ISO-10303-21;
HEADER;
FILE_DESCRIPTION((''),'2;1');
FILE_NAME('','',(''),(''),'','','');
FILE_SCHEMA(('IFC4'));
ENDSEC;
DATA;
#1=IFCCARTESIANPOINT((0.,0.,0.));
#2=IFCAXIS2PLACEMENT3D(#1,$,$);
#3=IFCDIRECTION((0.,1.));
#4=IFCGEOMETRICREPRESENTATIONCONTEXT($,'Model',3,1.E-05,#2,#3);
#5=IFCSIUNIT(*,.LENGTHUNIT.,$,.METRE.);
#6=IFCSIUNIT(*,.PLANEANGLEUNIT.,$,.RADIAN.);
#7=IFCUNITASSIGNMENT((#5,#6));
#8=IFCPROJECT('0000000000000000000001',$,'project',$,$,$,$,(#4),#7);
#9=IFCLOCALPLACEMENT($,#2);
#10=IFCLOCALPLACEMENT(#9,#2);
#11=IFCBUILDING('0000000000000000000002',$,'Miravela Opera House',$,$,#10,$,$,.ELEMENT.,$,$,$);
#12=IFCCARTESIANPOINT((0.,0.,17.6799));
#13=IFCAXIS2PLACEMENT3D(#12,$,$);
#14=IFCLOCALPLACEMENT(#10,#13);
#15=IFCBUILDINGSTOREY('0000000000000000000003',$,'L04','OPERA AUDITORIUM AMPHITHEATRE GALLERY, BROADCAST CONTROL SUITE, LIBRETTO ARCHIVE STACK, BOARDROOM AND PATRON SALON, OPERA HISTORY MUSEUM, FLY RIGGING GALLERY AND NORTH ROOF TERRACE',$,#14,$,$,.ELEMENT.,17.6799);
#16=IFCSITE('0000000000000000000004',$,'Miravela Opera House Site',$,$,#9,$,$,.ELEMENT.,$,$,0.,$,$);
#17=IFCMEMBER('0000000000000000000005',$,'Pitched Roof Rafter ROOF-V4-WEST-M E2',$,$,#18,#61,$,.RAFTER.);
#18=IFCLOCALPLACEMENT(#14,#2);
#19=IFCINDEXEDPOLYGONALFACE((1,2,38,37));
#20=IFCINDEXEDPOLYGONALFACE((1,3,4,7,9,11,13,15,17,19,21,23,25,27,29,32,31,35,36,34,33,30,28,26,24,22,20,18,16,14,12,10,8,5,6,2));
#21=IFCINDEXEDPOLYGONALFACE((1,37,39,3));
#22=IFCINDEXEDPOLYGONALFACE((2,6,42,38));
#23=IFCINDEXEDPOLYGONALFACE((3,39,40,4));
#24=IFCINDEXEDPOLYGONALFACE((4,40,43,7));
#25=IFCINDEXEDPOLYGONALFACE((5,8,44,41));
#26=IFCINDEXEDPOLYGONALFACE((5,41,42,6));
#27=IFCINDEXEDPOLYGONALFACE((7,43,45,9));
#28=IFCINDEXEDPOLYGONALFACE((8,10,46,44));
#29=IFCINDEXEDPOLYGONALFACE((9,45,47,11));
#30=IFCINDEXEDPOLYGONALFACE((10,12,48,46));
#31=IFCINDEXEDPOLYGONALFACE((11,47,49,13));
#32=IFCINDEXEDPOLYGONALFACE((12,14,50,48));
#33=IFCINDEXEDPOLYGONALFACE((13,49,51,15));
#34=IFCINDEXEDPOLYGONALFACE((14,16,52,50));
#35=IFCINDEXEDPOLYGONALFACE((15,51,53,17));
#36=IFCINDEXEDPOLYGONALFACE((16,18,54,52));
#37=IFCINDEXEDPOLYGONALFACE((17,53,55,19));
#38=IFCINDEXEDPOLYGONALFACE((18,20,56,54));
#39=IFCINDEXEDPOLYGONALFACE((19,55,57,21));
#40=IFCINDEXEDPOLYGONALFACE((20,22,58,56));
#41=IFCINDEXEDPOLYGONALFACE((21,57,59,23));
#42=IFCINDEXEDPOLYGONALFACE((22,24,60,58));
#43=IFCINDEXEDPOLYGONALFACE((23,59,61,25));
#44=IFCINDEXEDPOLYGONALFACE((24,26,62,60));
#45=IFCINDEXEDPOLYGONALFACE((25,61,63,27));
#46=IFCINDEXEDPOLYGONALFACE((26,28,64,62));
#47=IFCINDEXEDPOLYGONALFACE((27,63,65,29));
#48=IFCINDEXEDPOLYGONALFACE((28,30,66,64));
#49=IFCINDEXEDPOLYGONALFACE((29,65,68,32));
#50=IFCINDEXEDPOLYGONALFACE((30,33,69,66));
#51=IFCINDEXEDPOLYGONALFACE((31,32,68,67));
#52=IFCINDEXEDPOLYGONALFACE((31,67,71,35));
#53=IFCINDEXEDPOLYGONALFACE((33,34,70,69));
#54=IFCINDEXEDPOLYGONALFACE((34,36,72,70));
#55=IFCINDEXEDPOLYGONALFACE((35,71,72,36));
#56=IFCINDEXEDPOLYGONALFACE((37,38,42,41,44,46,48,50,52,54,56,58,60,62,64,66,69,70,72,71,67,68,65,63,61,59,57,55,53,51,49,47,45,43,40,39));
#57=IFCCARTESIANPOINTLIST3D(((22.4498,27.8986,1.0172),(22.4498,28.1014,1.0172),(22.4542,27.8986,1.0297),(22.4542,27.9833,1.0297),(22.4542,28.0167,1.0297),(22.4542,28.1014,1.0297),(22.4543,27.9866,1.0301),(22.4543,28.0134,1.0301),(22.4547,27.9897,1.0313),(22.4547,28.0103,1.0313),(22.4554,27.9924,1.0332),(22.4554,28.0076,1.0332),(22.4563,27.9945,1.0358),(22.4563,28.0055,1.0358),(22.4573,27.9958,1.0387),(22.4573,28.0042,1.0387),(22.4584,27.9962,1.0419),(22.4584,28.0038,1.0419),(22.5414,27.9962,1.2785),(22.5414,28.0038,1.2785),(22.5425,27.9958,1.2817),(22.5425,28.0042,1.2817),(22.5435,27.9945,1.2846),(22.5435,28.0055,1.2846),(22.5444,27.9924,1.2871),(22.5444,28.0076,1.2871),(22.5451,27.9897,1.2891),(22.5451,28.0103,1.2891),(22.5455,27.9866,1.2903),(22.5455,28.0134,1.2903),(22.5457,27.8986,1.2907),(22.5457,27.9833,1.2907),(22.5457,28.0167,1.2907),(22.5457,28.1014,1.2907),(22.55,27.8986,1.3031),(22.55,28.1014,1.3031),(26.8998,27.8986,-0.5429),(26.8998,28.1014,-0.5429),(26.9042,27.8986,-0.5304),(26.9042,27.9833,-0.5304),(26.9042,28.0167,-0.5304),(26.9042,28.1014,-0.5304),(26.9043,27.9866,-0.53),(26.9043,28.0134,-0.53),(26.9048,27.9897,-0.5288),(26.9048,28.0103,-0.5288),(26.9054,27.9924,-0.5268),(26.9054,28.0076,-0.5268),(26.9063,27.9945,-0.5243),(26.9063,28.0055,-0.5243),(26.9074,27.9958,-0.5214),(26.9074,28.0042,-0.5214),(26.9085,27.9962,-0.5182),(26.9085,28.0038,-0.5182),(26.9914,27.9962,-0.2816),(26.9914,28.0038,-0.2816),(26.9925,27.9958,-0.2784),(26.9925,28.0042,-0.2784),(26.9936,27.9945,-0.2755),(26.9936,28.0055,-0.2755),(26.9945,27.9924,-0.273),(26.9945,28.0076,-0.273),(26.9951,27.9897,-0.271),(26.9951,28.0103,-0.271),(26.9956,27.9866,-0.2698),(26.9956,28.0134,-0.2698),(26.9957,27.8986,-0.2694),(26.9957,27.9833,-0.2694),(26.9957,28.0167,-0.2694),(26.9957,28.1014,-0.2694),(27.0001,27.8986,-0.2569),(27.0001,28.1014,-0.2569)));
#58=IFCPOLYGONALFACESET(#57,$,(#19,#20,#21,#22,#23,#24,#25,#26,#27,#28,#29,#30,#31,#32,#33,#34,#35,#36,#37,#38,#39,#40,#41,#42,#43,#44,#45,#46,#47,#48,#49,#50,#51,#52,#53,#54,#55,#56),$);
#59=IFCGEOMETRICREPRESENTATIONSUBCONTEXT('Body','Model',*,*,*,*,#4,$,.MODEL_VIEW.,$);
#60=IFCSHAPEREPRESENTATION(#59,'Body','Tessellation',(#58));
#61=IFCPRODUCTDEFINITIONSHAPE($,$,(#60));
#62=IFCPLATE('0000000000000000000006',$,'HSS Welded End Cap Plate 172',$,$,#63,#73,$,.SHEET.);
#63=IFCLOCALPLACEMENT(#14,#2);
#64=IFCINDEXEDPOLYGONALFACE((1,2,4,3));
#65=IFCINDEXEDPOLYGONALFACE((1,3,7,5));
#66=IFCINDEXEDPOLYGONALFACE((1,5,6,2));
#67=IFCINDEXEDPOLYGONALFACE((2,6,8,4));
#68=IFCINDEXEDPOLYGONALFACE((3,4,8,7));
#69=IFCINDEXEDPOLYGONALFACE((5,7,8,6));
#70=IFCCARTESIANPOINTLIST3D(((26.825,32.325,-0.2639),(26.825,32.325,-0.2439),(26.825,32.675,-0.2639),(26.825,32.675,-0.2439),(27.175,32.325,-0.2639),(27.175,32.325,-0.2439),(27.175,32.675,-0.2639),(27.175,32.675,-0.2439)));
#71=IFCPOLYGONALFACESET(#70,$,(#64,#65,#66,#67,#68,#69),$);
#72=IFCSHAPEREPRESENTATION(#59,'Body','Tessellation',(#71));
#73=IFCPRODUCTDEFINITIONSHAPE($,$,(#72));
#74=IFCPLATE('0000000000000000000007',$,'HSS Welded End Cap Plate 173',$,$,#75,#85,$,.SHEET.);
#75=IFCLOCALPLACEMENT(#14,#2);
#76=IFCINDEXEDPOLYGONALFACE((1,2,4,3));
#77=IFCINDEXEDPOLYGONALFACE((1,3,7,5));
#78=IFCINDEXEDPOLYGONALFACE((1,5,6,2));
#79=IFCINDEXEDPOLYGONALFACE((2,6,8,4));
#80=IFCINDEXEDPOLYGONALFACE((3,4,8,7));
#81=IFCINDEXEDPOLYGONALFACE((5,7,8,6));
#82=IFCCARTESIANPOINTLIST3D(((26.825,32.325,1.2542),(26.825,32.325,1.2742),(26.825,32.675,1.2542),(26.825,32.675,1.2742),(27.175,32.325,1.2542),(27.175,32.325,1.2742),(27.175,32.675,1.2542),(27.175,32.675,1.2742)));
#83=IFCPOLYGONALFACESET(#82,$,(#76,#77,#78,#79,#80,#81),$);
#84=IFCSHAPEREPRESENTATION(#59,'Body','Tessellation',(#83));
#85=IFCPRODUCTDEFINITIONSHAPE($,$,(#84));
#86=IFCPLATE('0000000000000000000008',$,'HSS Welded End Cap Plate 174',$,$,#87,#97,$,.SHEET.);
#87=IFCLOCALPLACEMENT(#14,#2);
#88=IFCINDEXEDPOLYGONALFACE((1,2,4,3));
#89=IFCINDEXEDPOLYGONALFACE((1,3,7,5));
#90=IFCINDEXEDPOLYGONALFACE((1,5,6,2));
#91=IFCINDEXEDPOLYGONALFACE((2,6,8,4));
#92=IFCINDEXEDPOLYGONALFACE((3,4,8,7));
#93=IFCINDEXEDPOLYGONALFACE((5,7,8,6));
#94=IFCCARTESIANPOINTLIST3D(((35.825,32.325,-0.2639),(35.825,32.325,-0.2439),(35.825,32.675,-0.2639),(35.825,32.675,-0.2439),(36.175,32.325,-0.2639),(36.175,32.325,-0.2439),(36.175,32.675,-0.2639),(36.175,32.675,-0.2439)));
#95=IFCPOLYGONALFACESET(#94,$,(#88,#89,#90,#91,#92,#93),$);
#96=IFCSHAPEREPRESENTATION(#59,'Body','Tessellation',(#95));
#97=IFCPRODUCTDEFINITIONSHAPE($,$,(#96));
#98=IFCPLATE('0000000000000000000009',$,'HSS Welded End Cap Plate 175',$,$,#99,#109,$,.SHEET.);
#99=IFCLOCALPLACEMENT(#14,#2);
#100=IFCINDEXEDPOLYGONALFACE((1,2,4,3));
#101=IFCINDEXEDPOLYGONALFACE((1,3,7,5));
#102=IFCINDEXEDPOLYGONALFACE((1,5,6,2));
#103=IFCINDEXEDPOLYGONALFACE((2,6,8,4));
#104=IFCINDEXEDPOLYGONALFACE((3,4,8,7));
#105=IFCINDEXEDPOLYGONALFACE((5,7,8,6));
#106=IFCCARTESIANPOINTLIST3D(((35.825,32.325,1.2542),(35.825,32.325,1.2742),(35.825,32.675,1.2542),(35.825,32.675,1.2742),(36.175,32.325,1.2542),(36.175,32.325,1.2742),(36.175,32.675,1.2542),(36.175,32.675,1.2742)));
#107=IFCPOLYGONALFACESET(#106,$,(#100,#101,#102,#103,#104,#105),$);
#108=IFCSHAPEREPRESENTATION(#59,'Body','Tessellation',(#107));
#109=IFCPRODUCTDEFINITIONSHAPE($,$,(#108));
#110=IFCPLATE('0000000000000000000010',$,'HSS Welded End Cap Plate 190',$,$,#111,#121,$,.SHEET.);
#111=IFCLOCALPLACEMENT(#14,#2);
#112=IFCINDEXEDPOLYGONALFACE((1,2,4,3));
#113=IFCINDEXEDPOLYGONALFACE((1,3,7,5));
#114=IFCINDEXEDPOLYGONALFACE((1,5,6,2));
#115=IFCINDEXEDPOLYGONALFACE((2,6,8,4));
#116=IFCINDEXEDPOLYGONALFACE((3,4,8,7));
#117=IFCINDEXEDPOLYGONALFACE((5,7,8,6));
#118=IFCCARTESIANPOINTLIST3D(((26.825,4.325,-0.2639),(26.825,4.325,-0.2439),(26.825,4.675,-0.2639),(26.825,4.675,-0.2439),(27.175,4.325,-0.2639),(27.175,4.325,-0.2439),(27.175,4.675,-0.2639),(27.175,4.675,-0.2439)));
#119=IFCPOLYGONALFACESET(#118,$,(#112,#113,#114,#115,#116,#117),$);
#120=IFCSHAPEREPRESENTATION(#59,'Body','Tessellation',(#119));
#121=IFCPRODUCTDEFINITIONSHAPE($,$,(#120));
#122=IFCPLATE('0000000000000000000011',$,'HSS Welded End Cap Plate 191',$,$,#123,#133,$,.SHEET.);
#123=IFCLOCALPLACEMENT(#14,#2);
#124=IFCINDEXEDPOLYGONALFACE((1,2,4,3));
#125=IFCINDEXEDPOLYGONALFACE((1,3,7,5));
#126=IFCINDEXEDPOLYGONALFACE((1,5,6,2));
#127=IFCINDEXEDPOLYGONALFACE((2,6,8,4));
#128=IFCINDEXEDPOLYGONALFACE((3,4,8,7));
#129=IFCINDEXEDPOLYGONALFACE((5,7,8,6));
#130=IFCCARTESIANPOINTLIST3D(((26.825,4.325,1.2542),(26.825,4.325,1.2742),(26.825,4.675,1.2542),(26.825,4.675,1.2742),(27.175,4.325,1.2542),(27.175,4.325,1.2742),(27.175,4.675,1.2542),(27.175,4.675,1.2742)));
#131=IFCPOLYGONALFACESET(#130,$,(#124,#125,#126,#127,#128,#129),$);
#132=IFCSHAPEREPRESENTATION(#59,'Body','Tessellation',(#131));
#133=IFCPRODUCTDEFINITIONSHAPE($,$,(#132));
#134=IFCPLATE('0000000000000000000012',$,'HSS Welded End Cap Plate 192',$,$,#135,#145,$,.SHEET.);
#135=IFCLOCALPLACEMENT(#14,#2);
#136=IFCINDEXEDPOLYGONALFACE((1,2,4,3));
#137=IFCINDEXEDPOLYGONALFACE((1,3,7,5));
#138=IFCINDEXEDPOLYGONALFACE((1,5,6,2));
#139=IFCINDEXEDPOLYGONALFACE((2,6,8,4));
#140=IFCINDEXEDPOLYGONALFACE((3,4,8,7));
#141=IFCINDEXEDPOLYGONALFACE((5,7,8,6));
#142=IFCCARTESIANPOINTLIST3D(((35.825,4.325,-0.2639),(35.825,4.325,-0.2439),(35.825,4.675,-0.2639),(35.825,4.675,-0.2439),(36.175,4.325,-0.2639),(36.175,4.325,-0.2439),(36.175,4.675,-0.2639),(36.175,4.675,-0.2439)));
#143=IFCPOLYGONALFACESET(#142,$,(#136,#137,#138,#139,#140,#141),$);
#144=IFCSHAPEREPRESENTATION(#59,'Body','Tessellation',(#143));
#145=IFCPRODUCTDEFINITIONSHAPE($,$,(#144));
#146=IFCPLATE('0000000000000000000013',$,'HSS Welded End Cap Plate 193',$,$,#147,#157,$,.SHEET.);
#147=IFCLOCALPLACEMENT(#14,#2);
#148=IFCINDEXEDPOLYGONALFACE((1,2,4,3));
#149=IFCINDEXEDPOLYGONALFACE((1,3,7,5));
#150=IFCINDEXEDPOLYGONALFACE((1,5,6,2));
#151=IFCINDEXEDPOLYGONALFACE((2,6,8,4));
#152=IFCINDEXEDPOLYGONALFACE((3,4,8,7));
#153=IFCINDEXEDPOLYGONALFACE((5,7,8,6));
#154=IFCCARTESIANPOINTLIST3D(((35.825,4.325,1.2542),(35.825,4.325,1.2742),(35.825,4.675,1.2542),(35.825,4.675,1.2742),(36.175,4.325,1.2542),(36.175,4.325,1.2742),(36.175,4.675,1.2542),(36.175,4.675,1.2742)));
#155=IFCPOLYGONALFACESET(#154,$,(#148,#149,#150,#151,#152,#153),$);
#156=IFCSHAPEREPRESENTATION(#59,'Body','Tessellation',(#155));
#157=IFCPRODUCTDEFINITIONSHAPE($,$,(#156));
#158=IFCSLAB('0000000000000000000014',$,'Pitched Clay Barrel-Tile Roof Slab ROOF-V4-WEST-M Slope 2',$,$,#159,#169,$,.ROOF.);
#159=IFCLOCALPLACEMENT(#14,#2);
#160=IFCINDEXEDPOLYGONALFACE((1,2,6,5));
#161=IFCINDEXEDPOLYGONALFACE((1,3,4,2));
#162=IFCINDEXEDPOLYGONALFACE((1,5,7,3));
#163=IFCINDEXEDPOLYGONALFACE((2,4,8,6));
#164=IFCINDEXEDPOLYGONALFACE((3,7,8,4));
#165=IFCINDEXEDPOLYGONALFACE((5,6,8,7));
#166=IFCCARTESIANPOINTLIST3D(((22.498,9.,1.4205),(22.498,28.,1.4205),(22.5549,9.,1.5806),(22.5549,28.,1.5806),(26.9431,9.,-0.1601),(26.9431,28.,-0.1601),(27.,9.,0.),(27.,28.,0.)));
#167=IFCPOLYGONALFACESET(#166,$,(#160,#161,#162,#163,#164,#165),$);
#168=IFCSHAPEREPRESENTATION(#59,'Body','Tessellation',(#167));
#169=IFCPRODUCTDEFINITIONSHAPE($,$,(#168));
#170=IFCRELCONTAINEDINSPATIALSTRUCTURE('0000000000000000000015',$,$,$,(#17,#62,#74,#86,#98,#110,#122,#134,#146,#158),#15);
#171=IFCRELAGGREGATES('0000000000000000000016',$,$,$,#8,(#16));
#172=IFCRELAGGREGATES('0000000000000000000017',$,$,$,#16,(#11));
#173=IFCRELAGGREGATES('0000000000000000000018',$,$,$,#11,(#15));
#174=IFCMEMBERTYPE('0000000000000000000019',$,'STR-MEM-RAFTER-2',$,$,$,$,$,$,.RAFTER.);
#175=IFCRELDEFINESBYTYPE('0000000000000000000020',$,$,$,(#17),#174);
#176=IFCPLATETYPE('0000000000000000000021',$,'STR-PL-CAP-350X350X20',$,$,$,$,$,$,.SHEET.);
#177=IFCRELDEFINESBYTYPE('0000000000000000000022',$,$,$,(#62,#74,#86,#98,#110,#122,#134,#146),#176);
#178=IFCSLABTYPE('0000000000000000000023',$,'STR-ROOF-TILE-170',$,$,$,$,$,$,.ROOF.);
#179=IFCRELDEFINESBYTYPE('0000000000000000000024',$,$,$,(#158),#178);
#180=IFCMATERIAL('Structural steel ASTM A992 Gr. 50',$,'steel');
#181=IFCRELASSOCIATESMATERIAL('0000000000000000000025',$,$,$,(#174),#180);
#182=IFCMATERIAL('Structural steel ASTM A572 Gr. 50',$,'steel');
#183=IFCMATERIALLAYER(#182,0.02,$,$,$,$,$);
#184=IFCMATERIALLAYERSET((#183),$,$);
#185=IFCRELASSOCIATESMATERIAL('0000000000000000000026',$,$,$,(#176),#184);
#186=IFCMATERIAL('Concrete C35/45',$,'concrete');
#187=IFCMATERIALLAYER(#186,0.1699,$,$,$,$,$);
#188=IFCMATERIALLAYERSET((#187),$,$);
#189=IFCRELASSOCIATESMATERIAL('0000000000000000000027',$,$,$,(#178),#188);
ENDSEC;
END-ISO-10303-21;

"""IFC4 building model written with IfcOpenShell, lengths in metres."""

from ifc_helpers import new_model, si_unit, direction, frame, origin, origin_2d, place, context, subcontext, project, spatial, polyline, rectangle, i_section, outline, extrude, material, layer, layer_set, material_profile, profile_set, type_object, element, save


model = new_model("IFC4")

# Units and contexts
model_context = context("Model", 3, precision=1e-05, world=origin(), true_north=direction((0.0, 1.0)))
body_context = subcontext(model_context, "Body", "Model", "MODEL_VIEW")
ifc_project = project(units=[si_unit("LENGTHUNIT", "METRE"), si_unit("PLANEANGLEUNIT", "RADIAN")], contexts=[model_context])

# Site, building, storey
site_placement = place(None, origin())
site = spatial("IfcSite", under=ifc_project, at=site_placement, Name="Miravela Opera House Site", CompositionType="ELEMENT", RefElevation=0.0)
building_placement = place(site_placement, origin())
building = spatial("IfcBuilding", under=site, at=building_placement, Name="Miravela Opera House", CompositionType="ELEMENT")
storey_placement = place(building_placement, frame((0.0, 0.0, 17.6799)))
storey = spatial("IfcBuildingStorey", under=building, at=storey_placement, Name="L04", Description="OPERA AUDITORIUM AMPHITHEATRE GALLERY, BROADCAST CONTROL SUITE, LIBRETTO ARCHIVE STACK, BOARDROOM AND PATRON SALON, OPERA HISTORY MUSEUM, FLY RIGGING GALLERY AND NORTH ROOF TERRACE", CompositionType="ELEMENT", Elevation=17.6799)

# Shared definitions
ifc_material_1 = material(Name="Structural steel ASTM A992 Gr. 50", Category="steel")

# Member
ifc_material_profile_1 = material_profile(ifc_material_1, i_section(OverallWidth=0.2029, OverallDepth=0.303, WebThickness=0.0076, FlangeThickness=0.0132, FilletRadius=0.0129, at=origin_2d()), Name="W310X60")
ifc_profile_set_1 = profile_set([ifc_material_profile_1])
member_type_1 = type_object("IfcMemberType", Name="STR-MEM-RAFTER-2", PredefinedType="RAFTER", material=ifc_profile_set_1)
for number, where, z_axis, x_axis, name in (
    (1, (26.95, 28.0, -0.3999), (-0.943688, 0.0, 0.330837), (0.0, -1.0, 0.0), "Pitched Roof Rafter ROOF-V4-WEST-M E2"),
):
    element("IfcMember", number, at=place(storey_placement, frame(where, z_axis=z_axis, x_axis=x_axis)), inside=storey, type_object=member_type_1, Name=name, PredefinedType="RAFTER", context=body_context, shape_type="SweptSolid", body=[
        extrude(i_section(OverallWidth=0.2029, OverallDepth=0.303, WebThickness=0.0076, FlangeThickness=0.0132, FilletRadius=0.0129, at=origin_2d()), origin(), (0.0, 0.0, 1.0), 4.7156),
    ])

# Plates
ifc_material_2 = material(Name="Structural steel ASTM A572 Gr. 50", Category="steel")
ifc_layer_1 = layer(ifc_material_2, 0.02)
ifc_layer_set_1 = layer_set([ifc_layer_1])
plate_type = type_object("IfcPlateType", Name="STR-PL-CAP-350X350X20", PredefinedType="SHEET", material=ifc_layer_set_1)
for number, where, z_axis, x_axis, name in (
    (2, (27.0, 32.5, -0.2639), (0.0, 0.0, 1.0), (1.0, 0.0, 0.0), "HSS Welded End Cap Plate 172"),
    (3, (27.0, 32.5, 1.2542), (0.0, 0.0, 1.0), (1.0, 0.0, 0.0), "HSS Welded End Cap Plate 173"),
    (4, (36.0, 32.5, -0.2639), (0.0, 0.0, 1.0), (1.0, 0.0, 0.0), "HSS Welded End Cap Plate 174"),
    (5, (36.0, 32.5, 1.2542), (0.0, 0.0, 1.0), (1.0, 0.0, 0.0), "HSS Welded End Cap Plate 175"),
    (6, (27.0, 4.5, -0.2639), (0.0, 0.0, 1.0), (1.0, 0.0, 0.0), "HSS Welded End Cap Plate 190"),
    (7, (27.0, 4.5, 1.2542), (0.0, 0.0, 1.0), (1.0, 0.0, 0.0), "HSS Welded End Cap Plate 191"),
    (8, (36.0, 4.5, -0.2639), (0.0, 0.0, 1.0), (1.0, 0.0, 0.0), "HSS Welded End Cap Plate 192"),
    (9, (36.0, 4.5, 1.2542), (0.0, 0.0, 1.0), (1.0, 0.0, 0.0), "HSS Welded End Cap Plate 193"),
):
    element("IfcPlate", number, at=place(storey_placement, frame(where, z_axis=z_axis, x_axis=x_axis)), inside=storey, type_object=plate_type, Name=name, PredefinedType="SHEET", context=body_context, shape_type="SweptSolid", body=[
        extrude(rectangle(XDim=0.3501, YDim=0.3501, at=origin_2d()), origin(), (0.0, 0.0, 1.0), 0.02),
    ])

# Slab
ifc_material_3 = material(Name="Concrete C35/45", Category="concrete")
ifc_layer_2 = layer(ifc_material_3, 0.1699)
ifc_layer_set_2 = layer_set([ifc_layer_2])
slab_type = type_object("IfcSlabType", Name="STR-ROOF-TILE-170", PredefinedType="ROOF", material=ifc_layer_set_2)
slab_placement = place(storey_placement, frame((27.0, 28.0, 0.0), z_axis=(0.335028, 0.0, 0.942208), x_axis=(0.0, -1.0, 0.0)))
element("IfcSlab", 10, at=slab_placement, inside=storey, type_object=slab_type, Name="Pitched Clay Barrel-Tile Roof Slab ROOF-V4-WEST-M Slope 2", PredefinedType="ROOF", context=body_context, shape_type="SweptSolid", body=[
    extrude(outline(polyline([(0.0, 0.0), (19.0, 0.0), (19.0, -4.7177), (0.0, -4.7177), (0.0, 0.0)])), origin(), (0.0, 0.0, -1.0), 0.1699),
])

save(model, "model.ifc")
